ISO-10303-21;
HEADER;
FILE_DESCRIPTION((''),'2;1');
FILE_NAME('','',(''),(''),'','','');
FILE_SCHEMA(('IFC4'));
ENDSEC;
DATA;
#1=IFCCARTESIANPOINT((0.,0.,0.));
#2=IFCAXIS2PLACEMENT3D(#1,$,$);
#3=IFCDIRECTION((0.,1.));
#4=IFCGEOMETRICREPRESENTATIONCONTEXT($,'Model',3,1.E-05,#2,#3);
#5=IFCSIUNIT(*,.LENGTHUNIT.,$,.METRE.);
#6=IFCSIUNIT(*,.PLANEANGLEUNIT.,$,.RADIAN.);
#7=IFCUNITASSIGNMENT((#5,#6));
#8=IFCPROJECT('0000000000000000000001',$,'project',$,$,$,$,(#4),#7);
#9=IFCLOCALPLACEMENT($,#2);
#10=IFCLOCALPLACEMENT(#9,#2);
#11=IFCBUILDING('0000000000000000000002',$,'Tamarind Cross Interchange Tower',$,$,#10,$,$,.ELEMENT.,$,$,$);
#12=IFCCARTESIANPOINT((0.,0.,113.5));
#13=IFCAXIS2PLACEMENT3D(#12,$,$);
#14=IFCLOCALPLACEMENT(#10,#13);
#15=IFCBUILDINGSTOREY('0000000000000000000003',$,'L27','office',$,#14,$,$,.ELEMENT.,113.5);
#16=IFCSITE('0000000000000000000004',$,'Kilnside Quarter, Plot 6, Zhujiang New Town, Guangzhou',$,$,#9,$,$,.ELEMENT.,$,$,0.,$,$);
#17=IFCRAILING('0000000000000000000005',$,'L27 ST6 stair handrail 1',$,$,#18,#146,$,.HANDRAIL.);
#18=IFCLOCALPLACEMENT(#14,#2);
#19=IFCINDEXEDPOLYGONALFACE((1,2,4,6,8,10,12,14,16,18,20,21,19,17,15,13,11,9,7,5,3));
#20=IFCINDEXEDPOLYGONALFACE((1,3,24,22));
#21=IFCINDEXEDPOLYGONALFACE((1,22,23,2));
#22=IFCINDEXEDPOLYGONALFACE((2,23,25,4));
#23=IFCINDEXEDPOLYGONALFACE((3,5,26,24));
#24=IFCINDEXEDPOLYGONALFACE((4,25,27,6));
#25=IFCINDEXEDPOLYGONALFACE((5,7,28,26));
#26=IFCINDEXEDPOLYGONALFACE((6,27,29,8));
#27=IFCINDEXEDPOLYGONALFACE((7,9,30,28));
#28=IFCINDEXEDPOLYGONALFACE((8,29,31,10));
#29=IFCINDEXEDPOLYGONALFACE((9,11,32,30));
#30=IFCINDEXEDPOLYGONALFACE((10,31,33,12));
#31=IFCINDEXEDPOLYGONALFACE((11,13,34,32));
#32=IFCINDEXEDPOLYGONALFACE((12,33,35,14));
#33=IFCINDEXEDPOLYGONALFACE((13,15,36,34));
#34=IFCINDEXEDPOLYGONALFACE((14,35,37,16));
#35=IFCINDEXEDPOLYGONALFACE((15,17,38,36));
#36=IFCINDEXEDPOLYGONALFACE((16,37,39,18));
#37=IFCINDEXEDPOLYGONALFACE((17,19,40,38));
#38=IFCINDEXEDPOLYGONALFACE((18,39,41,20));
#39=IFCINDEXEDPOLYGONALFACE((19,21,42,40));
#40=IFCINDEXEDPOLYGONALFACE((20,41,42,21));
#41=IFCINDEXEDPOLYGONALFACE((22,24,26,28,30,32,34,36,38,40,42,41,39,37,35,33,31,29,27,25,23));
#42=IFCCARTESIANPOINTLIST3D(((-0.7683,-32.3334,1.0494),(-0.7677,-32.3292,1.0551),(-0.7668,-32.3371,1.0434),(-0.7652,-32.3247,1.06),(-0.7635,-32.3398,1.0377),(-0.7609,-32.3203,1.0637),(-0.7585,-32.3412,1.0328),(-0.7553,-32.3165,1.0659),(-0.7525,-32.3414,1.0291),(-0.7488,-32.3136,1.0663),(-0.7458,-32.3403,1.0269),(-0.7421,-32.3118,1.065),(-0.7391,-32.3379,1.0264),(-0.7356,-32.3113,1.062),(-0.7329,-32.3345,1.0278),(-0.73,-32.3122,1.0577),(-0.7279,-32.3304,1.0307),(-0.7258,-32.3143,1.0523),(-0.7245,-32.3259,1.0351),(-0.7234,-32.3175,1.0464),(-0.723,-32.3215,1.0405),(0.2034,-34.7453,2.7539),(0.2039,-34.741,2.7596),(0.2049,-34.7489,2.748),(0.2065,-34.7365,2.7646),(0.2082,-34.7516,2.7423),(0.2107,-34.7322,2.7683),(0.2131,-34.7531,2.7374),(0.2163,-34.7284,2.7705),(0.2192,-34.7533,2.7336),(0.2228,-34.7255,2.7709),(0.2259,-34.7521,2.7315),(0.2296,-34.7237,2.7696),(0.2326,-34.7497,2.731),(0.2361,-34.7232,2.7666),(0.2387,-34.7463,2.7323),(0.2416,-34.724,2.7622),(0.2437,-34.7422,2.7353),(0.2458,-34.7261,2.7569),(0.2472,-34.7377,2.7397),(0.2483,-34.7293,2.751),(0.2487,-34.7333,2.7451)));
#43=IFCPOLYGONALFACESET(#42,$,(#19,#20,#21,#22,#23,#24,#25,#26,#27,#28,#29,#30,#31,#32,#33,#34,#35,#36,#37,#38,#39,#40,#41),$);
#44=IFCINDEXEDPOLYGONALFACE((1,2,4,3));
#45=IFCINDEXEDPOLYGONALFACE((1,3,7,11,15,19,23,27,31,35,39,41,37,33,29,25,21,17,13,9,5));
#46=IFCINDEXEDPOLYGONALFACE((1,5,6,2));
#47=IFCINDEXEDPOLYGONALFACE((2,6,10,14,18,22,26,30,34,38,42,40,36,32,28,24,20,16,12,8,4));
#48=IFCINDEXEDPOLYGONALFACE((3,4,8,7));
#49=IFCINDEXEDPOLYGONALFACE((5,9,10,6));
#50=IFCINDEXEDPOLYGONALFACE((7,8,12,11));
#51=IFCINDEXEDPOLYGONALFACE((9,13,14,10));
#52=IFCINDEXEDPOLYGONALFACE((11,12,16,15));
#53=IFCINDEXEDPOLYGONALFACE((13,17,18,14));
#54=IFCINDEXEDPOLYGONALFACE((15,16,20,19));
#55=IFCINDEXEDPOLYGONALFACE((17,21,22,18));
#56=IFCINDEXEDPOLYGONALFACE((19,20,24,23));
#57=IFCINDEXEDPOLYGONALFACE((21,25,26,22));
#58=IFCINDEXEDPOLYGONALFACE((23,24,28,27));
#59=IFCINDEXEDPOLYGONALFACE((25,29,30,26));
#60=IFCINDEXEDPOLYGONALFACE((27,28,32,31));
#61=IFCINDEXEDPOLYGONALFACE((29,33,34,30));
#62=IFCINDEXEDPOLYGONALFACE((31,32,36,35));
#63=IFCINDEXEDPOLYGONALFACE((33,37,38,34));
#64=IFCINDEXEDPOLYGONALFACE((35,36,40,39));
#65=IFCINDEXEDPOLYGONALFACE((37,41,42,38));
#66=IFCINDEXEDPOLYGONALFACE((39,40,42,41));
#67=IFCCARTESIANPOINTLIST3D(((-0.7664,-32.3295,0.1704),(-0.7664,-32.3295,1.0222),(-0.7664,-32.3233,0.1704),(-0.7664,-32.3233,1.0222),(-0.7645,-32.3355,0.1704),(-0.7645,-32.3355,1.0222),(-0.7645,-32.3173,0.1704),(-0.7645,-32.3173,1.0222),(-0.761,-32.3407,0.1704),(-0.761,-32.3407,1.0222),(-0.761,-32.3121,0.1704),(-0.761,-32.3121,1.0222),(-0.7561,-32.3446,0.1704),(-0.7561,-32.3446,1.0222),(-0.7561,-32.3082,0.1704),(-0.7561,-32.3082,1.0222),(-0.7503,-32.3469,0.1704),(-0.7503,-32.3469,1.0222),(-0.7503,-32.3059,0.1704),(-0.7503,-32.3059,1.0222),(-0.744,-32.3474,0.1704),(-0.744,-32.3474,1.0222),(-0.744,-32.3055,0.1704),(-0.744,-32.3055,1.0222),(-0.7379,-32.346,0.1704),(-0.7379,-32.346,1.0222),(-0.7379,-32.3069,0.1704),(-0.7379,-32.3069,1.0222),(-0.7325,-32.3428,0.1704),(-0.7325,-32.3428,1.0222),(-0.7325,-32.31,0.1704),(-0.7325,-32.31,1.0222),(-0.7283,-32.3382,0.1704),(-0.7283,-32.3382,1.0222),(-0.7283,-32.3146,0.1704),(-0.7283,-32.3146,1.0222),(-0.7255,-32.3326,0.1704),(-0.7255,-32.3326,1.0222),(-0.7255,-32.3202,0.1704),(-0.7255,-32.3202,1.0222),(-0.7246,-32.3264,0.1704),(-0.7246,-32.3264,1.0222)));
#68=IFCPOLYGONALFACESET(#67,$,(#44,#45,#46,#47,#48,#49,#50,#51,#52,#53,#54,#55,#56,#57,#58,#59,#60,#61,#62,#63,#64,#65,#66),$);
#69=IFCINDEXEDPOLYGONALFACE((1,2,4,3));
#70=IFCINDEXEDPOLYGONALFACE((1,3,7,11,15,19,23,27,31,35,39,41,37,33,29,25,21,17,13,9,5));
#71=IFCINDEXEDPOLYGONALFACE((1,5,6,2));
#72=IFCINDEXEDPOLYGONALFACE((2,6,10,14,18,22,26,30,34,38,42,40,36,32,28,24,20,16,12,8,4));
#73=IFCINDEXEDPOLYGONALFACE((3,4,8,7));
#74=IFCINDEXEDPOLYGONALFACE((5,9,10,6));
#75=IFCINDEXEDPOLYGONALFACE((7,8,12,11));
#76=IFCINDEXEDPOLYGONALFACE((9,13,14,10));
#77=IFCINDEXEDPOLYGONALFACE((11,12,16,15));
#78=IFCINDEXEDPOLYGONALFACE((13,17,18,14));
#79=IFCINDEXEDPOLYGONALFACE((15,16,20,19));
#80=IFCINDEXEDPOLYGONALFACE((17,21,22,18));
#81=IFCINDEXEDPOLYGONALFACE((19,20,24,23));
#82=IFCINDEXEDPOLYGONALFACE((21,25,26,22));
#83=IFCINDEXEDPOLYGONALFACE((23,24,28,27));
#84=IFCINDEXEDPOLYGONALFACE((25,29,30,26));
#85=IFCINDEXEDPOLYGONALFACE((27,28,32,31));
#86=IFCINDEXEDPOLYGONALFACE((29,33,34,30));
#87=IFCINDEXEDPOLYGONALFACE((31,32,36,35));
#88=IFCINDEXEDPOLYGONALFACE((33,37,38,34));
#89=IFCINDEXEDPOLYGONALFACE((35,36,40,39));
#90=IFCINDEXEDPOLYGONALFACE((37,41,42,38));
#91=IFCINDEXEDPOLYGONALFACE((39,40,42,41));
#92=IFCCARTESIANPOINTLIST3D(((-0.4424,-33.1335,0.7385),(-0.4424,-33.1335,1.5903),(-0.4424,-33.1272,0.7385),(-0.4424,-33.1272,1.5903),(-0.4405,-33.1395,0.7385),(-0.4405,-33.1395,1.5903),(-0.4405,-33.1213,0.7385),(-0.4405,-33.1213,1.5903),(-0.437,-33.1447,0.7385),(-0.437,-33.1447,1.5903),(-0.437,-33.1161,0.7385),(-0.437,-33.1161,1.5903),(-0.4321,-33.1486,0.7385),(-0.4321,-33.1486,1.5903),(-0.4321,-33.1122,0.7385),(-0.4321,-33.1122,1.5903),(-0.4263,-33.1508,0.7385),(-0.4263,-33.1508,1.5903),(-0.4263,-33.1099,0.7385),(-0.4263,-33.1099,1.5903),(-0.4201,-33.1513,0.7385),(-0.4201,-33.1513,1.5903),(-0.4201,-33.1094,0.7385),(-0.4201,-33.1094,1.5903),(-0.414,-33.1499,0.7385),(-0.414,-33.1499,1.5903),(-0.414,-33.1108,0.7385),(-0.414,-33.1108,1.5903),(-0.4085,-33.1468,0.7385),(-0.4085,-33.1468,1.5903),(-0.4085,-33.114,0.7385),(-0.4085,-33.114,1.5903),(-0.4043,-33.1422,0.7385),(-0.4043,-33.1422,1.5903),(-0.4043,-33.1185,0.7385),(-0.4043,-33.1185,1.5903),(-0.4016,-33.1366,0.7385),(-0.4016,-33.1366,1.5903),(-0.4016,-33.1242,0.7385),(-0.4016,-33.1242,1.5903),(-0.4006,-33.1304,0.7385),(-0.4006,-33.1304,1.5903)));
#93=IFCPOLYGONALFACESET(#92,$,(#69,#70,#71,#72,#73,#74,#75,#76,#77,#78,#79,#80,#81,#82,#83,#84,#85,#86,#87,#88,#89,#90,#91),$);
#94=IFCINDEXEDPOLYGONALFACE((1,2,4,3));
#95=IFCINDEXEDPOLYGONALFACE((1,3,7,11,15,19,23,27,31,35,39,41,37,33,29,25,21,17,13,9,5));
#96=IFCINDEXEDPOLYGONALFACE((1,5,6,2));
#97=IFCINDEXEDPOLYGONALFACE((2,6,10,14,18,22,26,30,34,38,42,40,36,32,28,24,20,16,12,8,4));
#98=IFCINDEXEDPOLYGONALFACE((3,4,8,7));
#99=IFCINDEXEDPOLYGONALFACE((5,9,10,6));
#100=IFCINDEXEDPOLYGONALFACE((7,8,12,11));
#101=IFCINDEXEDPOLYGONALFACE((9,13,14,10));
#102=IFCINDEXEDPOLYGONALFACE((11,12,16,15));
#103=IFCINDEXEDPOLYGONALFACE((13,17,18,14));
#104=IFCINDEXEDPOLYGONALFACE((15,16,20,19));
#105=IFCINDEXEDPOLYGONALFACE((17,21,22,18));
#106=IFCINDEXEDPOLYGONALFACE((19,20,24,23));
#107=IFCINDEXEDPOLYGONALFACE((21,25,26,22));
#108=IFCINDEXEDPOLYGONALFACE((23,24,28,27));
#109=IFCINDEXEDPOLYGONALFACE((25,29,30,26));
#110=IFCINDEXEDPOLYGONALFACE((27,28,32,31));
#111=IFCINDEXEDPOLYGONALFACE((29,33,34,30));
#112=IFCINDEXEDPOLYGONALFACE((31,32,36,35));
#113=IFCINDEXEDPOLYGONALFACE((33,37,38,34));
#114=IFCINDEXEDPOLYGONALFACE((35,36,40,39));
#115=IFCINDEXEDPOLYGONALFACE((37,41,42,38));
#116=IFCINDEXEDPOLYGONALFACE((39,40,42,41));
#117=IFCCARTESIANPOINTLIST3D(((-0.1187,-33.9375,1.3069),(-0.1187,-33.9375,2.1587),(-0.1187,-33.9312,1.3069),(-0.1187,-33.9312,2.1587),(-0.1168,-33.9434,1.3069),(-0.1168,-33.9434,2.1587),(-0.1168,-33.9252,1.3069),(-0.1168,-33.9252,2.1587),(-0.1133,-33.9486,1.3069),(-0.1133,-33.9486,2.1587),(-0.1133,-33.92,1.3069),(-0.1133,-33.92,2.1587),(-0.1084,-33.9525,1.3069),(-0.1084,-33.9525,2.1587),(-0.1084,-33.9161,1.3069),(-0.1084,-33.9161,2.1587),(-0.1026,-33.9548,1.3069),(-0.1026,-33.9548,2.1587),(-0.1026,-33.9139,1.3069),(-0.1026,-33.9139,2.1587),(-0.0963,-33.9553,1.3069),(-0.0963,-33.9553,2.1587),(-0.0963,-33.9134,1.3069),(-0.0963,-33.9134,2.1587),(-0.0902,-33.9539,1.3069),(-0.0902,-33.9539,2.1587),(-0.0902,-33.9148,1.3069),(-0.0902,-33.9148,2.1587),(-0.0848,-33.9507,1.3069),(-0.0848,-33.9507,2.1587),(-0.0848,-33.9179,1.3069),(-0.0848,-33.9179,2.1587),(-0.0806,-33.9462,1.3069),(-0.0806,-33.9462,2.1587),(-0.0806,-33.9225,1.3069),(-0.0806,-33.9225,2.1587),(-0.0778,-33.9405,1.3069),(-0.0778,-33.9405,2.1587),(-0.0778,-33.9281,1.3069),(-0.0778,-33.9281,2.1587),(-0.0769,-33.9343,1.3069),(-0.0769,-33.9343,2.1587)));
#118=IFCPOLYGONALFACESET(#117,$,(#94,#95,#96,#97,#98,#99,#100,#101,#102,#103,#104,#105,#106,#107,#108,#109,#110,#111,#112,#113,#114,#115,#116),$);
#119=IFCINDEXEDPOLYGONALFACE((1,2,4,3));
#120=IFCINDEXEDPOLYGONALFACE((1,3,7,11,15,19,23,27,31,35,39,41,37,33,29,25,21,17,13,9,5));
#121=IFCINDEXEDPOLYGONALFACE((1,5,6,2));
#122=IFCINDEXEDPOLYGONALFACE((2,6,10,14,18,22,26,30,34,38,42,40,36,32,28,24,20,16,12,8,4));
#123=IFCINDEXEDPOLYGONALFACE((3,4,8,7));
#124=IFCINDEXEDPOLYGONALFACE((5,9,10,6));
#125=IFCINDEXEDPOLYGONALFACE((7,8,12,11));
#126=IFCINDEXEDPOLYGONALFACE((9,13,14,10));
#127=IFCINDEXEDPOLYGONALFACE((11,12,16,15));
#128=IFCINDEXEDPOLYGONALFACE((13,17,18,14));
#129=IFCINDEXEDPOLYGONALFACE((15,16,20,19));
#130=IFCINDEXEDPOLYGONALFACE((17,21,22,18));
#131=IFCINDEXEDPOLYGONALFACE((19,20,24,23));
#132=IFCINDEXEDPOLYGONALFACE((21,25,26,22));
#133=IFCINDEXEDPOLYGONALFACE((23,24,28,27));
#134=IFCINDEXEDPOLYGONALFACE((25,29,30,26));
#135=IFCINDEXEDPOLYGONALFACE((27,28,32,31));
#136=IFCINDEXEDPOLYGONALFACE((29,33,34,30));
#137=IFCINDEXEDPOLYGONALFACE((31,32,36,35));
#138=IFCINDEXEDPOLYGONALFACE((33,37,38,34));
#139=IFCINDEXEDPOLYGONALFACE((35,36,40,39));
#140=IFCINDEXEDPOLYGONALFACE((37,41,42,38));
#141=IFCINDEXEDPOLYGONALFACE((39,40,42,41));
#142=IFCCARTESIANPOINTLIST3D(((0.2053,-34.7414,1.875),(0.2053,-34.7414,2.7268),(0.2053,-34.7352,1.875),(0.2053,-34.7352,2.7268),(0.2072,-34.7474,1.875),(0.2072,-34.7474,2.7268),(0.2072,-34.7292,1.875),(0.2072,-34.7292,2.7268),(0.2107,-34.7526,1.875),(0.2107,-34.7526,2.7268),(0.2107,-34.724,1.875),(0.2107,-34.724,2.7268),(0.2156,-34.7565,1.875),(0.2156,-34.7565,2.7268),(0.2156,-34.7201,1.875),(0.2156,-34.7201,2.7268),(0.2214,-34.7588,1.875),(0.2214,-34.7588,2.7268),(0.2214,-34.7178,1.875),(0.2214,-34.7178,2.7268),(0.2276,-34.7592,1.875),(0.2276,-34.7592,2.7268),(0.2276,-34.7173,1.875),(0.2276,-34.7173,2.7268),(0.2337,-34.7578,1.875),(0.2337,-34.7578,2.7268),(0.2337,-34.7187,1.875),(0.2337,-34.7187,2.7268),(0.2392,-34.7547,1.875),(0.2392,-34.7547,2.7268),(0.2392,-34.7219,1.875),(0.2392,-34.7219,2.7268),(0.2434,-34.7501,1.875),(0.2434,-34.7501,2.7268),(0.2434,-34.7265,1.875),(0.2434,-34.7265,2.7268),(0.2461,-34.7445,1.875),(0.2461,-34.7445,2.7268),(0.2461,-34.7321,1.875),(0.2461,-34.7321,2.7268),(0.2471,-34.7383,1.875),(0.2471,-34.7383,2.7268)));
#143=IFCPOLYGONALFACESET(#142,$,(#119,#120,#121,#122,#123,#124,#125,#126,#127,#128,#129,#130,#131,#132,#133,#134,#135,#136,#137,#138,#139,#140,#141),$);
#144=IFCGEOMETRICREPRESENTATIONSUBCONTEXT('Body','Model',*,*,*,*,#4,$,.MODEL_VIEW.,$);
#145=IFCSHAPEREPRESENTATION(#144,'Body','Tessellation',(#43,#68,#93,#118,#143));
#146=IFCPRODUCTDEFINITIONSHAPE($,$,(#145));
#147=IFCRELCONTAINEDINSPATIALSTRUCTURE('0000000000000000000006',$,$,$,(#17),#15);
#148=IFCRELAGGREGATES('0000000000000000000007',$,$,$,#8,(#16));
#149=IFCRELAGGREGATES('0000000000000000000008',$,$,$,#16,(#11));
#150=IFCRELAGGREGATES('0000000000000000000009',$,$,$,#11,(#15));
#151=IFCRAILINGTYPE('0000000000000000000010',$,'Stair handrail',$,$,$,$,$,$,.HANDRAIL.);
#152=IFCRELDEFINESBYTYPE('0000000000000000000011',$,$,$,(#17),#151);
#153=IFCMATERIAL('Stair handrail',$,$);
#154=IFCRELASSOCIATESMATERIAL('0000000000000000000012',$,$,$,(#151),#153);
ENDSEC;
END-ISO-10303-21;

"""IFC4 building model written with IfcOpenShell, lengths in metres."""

from ifc_helpers import new_model, si_unit, direction, frame, origin, origin_2d, place, context, subcontext, project, spatial, circle, extrude, material, type_object, element, save


model = new_model("IFC4")

# Units and contexts
model_context = context("Model", 3, precision=1e-05, world=origin(), true_north=direction((0.0, 1.0)))
body_context = subcontext(model_context, "Body", "Model", "MODEL_VIEW")
ifc_project = project(units=[si_unit("LENGTHUNIT", "METRE"), si_unit("PLANEANGLEUNIT", "RADIAN")], contexts=[model_context])

# Site, building, storey
site_placement = place(None, origin())
site = spatial("IfcSite", under=ifc_project, at=site_placement, Name="Kilnside Quarter, Plot 6, Zhujiang New Town, Guangzhou", CompositionType="ELEMENT", RefElevation=0.0)
building_placement = place(site_placement, origin())
building = spatial("IfcBuilding", under=site, at=building_placement, Name="Tamarind Cross Interchange Tower", CompositionType="ELEMENT")
storey_placement = place(building_placement, frame((0.0, 0.0, 113.5)))
storey = spatial("IfcBuildingStorey", under=building, at=storey_placement, Name="L27", Description="office", CompositionType="ELEMENT", Elevation=113.5)

# Railing
ifc_material_1 = material(Name="Stair handrail")
railing_type = type_object("IfcRailingType", Name="Stair handrail", PredefinedType="HANDRAIL", material=ifc_material_1)
railing_placement = place(storey_placement, frame((-0.7456, -32.3264, 0.1704)))
element("IfcRailing", 1, at=railing_placement, inside=storey, type_object=railing_type, Name="L27 ST6 stair handrail 1", PredefinedType="HANDRAIL", context=body_context, shape_type="SweptSolid", body=[
    extrude(circle(Radius=0.0239, at=origin_2d()), frame((0.0, 0.0, 0.876), z_axis=(0.312522, -0.775729, 0.548248), x_axis=(0.927554, 0.373688, 0.0)), (0.0, 0.0, 1.0), 3.1091),
    extrude(circle(Radius=0.021, at=origin_2d()), origin(), (0.0, 0.0, 1.0), 0.8518),
    extrude(circle(Radius=0.021, at=origin_2d()), frame((0.324, -0.804, 0.5681)), (0.0, 0.0, 1.0), 0.8518),
    extrude(circle(Radius=0.021, at=origin_2d()), frame((0.6477, -1.6079, 1.1365)), (0.0, 0.0, 1.0), 0.8518),
    extrude(circle(Radius=0.021, at=origin_2d()), frame((0.9717, -2.4119, 1.7046)), (0.0, 0.0, 1.0), 0.8518),
])

save(model, "model.ifc")
